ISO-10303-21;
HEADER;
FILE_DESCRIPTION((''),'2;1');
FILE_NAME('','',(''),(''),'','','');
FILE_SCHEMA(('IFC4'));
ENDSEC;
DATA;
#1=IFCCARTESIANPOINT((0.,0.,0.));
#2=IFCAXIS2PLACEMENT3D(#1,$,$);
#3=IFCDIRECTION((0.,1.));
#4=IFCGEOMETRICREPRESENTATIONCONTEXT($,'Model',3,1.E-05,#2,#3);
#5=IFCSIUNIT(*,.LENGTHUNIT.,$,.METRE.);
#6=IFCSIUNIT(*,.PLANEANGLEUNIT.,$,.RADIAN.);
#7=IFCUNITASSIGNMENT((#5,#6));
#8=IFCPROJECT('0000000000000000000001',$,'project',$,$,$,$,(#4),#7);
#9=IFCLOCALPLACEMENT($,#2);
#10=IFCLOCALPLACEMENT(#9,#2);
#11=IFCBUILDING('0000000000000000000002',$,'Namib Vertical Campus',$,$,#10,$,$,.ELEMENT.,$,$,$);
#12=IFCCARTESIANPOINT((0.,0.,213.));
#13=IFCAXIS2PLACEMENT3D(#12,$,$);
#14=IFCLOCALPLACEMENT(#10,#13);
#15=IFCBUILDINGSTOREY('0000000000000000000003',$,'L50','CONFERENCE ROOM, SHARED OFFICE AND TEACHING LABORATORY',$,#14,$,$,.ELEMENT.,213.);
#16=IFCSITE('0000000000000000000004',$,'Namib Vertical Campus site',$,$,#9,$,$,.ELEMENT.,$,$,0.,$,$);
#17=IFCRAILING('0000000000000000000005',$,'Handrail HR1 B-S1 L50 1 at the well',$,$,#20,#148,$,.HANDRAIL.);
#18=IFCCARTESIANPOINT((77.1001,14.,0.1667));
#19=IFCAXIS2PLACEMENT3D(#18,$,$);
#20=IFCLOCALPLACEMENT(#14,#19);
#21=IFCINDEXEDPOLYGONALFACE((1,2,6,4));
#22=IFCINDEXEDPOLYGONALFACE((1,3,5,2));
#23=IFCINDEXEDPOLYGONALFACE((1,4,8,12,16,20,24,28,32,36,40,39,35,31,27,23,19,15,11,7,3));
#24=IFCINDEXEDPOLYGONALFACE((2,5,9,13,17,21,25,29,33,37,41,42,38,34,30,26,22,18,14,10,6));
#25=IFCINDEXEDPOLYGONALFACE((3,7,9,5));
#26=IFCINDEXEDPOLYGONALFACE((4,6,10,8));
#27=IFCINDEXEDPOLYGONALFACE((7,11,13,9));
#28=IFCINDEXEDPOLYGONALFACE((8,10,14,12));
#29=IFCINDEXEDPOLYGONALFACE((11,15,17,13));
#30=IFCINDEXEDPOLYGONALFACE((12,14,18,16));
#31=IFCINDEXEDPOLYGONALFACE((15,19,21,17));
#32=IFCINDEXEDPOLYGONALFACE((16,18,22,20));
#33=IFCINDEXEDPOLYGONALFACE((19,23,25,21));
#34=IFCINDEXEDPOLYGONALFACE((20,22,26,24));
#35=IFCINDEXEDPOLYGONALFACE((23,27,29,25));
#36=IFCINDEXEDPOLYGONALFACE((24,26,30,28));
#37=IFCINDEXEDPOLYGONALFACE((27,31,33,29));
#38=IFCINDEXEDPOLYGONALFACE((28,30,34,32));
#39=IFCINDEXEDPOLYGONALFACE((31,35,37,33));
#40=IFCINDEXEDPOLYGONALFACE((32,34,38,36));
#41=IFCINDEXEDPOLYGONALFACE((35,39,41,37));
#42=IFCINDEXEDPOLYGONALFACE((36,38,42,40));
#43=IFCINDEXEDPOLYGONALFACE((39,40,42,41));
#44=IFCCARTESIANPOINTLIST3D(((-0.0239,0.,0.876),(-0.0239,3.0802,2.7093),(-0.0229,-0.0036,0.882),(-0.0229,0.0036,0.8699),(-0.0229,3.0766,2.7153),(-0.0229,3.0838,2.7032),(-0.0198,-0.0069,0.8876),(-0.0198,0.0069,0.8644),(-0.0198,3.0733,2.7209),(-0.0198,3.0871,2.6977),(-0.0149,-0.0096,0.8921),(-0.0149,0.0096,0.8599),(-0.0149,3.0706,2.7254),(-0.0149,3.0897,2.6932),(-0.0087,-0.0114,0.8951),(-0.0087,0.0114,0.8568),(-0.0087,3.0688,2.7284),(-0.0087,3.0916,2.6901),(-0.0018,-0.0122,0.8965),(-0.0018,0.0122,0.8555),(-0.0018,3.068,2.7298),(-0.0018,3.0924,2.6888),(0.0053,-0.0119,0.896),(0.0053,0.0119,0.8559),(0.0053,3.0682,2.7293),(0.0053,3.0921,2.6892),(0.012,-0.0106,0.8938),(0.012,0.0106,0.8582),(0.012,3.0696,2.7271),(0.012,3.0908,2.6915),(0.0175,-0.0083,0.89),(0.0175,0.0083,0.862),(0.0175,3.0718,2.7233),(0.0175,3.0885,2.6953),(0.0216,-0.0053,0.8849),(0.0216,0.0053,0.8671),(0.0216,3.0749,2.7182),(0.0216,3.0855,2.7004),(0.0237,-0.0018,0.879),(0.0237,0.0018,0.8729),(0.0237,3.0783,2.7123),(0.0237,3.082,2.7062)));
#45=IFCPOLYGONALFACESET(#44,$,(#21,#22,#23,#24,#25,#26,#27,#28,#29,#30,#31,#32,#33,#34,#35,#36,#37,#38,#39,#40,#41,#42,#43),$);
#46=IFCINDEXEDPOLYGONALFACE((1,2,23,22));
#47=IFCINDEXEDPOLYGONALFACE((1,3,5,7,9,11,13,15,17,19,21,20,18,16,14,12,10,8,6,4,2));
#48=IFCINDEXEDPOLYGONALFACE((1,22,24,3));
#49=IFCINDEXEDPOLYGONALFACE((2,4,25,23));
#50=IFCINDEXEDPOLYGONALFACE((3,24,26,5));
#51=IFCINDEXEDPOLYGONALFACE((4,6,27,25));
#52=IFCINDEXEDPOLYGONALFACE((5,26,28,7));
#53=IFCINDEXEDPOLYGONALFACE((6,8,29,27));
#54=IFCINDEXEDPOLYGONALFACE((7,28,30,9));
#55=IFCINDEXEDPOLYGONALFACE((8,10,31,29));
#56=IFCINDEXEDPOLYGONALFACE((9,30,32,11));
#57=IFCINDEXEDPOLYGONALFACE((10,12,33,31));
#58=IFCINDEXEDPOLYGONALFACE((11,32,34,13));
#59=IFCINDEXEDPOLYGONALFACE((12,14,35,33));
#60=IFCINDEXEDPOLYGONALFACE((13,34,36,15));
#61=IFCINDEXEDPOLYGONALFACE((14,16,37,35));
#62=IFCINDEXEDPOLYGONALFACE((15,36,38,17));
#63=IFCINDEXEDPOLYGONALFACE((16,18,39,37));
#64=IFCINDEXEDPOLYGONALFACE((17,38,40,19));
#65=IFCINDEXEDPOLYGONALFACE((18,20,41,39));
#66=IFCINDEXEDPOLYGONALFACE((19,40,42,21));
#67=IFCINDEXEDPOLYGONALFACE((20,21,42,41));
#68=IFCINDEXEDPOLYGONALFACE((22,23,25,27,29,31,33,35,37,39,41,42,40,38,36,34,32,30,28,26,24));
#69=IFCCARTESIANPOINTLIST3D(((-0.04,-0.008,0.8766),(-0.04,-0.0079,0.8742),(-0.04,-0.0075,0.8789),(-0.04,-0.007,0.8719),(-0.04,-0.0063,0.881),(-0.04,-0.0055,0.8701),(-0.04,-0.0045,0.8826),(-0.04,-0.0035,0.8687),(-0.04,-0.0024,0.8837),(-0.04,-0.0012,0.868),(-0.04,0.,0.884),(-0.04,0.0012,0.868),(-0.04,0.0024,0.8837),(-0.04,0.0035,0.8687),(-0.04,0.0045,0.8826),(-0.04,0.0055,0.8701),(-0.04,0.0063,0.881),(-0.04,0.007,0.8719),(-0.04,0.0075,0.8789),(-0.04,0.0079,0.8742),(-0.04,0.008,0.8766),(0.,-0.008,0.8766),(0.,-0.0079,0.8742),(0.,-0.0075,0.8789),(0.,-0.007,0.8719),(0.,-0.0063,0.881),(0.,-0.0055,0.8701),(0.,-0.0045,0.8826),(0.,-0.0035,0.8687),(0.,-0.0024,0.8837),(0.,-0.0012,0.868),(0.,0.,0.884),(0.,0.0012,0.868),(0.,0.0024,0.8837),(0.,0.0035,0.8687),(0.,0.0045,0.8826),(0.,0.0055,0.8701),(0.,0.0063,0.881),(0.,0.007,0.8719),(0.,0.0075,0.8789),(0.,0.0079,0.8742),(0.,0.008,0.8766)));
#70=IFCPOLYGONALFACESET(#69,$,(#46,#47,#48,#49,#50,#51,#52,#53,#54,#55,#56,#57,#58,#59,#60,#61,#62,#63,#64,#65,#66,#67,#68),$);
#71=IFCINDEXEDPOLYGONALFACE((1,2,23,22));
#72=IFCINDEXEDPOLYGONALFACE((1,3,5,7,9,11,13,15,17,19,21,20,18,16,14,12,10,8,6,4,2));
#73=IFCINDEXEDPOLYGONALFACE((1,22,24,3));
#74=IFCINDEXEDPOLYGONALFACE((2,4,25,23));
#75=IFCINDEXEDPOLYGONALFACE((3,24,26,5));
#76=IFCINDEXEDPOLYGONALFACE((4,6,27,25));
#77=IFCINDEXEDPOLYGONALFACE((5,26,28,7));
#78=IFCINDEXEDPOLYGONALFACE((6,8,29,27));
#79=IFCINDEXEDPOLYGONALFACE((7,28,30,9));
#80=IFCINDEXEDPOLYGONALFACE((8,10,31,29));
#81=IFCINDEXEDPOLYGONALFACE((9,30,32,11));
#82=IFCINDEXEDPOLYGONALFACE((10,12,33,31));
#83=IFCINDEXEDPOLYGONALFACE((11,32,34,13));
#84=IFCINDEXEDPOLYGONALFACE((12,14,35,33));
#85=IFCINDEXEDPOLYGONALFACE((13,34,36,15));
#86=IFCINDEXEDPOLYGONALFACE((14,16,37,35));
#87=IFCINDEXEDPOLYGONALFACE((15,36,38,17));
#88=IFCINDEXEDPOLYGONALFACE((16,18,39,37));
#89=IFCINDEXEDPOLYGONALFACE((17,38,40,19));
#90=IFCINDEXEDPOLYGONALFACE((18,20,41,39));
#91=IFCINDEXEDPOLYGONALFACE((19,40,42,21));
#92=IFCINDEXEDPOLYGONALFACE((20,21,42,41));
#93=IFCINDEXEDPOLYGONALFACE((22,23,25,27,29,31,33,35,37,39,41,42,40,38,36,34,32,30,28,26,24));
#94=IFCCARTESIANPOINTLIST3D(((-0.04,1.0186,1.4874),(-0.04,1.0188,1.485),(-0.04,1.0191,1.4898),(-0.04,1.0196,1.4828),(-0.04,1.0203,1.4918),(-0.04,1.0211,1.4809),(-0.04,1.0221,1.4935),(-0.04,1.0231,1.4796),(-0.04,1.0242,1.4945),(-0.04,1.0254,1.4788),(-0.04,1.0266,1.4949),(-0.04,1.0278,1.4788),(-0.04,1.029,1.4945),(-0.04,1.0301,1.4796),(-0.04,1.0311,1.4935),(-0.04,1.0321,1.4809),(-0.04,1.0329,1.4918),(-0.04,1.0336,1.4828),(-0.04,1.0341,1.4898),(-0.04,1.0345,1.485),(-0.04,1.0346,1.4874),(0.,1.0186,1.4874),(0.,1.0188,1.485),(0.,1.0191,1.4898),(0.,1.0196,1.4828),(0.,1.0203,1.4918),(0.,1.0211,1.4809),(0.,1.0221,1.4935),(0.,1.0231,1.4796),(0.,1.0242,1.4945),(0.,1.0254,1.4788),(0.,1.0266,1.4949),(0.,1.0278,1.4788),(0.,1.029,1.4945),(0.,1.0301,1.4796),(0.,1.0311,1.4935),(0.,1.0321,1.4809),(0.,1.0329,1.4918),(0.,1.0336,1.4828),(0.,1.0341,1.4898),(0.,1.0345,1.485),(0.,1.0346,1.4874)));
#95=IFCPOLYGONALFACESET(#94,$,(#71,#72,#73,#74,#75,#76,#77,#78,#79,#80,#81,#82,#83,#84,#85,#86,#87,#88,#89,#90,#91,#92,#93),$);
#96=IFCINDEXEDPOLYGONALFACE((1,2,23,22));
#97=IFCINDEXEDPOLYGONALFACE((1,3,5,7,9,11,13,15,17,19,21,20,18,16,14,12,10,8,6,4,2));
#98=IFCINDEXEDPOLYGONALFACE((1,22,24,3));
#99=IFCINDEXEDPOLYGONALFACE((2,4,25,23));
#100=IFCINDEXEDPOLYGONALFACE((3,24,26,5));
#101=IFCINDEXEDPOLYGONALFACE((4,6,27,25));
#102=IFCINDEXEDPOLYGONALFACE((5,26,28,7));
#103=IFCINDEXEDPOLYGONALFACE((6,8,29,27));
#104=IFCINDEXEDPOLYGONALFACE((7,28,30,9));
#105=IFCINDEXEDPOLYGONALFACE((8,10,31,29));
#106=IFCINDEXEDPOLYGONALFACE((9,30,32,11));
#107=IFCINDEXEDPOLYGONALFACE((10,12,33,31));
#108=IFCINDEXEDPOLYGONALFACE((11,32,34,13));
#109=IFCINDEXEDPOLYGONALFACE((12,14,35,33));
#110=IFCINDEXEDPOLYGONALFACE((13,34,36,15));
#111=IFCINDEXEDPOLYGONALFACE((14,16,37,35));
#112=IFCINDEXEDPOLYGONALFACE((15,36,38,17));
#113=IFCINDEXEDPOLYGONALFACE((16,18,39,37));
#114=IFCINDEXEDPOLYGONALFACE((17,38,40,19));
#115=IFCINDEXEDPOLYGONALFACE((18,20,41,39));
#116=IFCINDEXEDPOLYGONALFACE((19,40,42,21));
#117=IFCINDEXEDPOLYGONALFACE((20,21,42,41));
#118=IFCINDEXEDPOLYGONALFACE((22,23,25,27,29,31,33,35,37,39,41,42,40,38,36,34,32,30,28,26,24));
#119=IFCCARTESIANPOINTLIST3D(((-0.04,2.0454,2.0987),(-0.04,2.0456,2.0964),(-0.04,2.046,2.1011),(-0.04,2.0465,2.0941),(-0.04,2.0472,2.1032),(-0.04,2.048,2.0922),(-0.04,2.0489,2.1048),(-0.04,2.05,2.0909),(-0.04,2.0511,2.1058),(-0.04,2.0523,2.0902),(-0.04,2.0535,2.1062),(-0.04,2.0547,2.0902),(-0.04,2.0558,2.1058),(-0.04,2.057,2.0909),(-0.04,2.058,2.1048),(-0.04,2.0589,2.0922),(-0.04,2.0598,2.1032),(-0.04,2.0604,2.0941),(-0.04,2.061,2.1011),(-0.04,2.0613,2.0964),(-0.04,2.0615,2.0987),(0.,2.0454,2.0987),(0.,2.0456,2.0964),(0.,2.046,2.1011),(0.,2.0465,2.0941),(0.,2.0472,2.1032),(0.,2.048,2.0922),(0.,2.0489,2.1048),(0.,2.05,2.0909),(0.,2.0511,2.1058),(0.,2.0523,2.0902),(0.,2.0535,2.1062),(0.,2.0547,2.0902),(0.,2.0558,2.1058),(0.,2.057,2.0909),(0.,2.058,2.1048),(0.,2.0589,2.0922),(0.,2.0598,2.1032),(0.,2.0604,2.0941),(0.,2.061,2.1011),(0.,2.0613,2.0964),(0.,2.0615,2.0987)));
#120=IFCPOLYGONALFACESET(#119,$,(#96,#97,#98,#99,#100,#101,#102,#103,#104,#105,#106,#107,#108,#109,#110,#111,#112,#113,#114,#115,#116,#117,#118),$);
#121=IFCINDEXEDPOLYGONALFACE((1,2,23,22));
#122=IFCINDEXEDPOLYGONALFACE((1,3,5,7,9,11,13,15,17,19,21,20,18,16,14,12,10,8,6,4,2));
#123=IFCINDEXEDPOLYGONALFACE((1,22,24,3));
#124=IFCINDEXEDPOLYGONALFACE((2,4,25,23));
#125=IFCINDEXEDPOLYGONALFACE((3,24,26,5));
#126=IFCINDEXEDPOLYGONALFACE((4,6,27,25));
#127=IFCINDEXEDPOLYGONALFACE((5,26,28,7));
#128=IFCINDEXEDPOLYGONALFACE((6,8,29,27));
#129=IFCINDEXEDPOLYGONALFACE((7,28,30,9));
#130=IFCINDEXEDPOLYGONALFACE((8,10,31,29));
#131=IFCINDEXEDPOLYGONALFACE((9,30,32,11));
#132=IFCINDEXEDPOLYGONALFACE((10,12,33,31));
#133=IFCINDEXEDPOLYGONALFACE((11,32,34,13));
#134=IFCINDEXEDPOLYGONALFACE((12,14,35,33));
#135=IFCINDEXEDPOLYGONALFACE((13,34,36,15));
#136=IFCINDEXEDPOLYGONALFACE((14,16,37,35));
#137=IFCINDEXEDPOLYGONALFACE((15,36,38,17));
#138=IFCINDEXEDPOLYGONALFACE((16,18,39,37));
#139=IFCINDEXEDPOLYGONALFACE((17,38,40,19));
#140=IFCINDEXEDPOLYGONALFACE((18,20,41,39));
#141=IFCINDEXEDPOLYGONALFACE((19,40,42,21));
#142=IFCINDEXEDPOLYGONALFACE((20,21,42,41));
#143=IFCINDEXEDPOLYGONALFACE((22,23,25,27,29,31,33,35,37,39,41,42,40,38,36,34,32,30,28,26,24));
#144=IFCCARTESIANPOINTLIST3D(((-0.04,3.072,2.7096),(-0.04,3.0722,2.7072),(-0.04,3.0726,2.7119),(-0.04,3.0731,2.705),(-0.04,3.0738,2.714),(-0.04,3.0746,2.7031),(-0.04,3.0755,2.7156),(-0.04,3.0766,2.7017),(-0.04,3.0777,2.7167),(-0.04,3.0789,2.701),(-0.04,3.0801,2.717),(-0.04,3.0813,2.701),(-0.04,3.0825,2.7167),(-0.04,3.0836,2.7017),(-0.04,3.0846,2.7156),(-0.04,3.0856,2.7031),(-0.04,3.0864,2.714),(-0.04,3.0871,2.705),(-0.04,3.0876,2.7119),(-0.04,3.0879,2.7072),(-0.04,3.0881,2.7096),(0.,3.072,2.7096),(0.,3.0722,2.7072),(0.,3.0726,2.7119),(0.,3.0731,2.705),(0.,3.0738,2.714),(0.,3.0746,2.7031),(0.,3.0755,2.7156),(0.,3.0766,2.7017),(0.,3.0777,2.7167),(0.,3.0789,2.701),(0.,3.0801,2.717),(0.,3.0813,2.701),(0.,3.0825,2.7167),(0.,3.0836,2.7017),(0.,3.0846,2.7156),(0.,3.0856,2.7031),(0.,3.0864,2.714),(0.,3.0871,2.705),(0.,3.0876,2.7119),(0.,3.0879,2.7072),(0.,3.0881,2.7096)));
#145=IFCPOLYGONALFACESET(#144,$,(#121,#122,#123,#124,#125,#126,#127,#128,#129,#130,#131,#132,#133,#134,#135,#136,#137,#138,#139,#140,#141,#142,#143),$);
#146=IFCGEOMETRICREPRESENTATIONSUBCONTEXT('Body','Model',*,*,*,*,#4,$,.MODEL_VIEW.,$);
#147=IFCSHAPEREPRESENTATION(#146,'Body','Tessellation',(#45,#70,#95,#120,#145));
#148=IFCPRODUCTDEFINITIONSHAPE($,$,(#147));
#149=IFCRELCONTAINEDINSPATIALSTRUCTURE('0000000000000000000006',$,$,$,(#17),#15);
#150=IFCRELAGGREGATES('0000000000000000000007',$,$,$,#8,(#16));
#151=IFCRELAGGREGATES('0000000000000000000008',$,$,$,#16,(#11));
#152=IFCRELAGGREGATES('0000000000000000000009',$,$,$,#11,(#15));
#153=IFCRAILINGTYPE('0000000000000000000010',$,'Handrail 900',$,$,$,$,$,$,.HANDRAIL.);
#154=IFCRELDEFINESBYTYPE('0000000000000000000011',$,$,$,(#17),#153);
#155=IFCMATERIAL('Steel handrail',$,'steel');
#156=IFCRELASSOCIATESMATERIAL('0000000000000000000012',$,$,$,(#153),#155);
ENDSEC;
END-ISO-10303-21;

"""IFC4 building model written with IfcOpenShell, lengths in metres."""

from ifc_helpers import new_model, si_unit, direction, frame, origin, origin_2d, place, context, subcontext, project, spatial, circle, extrude, material, type_object, element, save


model = new_model("IFC4")

# Units and contexts
model_context = context("Model", 3, precision=1e-05, world=origin(), true_north=direction((0.0, 1.0)))
body_context = subcontext(model_context, "Body", "Model", "MODEL_VIEW")
ifc_project = project(units=[si_unit("LENGTHUNIT", "METRE"), si_unit("PLANEANGLEUNIT", "RADIAN")], contexts=[model_context])

# Site, building, storey
site_placement = place(None, origin())
site = spatial("IfcSite", under=ifc_project, at=site_placement, Name="Namib Vertical Campus site", CompositionType="ELEMENT", RefElevation=0.0)
building_placement = place(site_placement, origin())
building = spatial("IfcBuilding", under=site, at=building_placement, Name="Namib Vertical Campus", CompositionType="ELEMENT")
storey_placement = place(building_placement, frame((0.0, 0.0, 213.0)))
storey = spatial("IfcBuildingStorey", under=building, at=storey_placement, Name="L50", Description="CONFERENCE ROOM, SHARED OFFICE AND TEACHING LABORATORY", CompositionType="ELEMENT", Elevation=213.0)

# Railing
ifc_material_1 = material(Name="Steel handrail", Category="steel")
railing_type_1 = type_object("IfcRailingType", Name="Handrail 900", PredefinedType="HANDRAIL", material=ifc_material_1)
railing_1_placement = place(storey_placement, frame((77.1001, 14.0, 0.1667)))
element("IfcRailing", 1, at=railing_1_placement, inside=storey, type_object=railing_type_1, Name="Handrail HR1 B-S1 L50 1 at the well", PredefinedType="HANDRAIL", context=body_context, shape_type="SweptSolid", body=[
    extrude(circle(Radius=0.0239, at=origin_2d()), frame((0.0, 0.0, 0.876), z_axis=(0.0, 0.859309, 0.511458), x_axis=(-1.0, 0.0, 0.0)), (0.0, 0.0, 1.0), 3.5845),
    extrude(circle(Radius=0.0081, at=origin_2d()), frame((0.0, 0.0, 0.876), z_axis=(-1.0, 0.0, 0.0), x_axis=(0.0, 0.0, 1.0)), (0.0, 0.0, 1.0), 0.04),
    extrude(circle(Radius=0.0081, at=origin_2d()), frame((0.0, 1.0266, 1.4868), z_axis=(-1.0, 0.0, 0.0), x_axis=(0.0, 0.0, 1.0)), (0.0, 0.0, 1.0), 0.04),
    extrude(circle(Radius=0.0081, at=origin_2d()), frame((0.0, 2.0535, 2.0981), z_axis=(-1.0, 0.0, 0.0), x_axis=(0.0, 0.0, 1.0)), (0.0, 0.0, 1.0), 0.04),
    extrude(circle(Radius=0.0081, at=origin_2d()), frame((0.0, 3.0801, 2.709), z_axis=(-1.0, 0.0, 0.0), x_axis=(0.0, 0.0, 1.0)), (0.0, 0.0, 1.0), 0.04),
])

save(model, "model.ifc")
